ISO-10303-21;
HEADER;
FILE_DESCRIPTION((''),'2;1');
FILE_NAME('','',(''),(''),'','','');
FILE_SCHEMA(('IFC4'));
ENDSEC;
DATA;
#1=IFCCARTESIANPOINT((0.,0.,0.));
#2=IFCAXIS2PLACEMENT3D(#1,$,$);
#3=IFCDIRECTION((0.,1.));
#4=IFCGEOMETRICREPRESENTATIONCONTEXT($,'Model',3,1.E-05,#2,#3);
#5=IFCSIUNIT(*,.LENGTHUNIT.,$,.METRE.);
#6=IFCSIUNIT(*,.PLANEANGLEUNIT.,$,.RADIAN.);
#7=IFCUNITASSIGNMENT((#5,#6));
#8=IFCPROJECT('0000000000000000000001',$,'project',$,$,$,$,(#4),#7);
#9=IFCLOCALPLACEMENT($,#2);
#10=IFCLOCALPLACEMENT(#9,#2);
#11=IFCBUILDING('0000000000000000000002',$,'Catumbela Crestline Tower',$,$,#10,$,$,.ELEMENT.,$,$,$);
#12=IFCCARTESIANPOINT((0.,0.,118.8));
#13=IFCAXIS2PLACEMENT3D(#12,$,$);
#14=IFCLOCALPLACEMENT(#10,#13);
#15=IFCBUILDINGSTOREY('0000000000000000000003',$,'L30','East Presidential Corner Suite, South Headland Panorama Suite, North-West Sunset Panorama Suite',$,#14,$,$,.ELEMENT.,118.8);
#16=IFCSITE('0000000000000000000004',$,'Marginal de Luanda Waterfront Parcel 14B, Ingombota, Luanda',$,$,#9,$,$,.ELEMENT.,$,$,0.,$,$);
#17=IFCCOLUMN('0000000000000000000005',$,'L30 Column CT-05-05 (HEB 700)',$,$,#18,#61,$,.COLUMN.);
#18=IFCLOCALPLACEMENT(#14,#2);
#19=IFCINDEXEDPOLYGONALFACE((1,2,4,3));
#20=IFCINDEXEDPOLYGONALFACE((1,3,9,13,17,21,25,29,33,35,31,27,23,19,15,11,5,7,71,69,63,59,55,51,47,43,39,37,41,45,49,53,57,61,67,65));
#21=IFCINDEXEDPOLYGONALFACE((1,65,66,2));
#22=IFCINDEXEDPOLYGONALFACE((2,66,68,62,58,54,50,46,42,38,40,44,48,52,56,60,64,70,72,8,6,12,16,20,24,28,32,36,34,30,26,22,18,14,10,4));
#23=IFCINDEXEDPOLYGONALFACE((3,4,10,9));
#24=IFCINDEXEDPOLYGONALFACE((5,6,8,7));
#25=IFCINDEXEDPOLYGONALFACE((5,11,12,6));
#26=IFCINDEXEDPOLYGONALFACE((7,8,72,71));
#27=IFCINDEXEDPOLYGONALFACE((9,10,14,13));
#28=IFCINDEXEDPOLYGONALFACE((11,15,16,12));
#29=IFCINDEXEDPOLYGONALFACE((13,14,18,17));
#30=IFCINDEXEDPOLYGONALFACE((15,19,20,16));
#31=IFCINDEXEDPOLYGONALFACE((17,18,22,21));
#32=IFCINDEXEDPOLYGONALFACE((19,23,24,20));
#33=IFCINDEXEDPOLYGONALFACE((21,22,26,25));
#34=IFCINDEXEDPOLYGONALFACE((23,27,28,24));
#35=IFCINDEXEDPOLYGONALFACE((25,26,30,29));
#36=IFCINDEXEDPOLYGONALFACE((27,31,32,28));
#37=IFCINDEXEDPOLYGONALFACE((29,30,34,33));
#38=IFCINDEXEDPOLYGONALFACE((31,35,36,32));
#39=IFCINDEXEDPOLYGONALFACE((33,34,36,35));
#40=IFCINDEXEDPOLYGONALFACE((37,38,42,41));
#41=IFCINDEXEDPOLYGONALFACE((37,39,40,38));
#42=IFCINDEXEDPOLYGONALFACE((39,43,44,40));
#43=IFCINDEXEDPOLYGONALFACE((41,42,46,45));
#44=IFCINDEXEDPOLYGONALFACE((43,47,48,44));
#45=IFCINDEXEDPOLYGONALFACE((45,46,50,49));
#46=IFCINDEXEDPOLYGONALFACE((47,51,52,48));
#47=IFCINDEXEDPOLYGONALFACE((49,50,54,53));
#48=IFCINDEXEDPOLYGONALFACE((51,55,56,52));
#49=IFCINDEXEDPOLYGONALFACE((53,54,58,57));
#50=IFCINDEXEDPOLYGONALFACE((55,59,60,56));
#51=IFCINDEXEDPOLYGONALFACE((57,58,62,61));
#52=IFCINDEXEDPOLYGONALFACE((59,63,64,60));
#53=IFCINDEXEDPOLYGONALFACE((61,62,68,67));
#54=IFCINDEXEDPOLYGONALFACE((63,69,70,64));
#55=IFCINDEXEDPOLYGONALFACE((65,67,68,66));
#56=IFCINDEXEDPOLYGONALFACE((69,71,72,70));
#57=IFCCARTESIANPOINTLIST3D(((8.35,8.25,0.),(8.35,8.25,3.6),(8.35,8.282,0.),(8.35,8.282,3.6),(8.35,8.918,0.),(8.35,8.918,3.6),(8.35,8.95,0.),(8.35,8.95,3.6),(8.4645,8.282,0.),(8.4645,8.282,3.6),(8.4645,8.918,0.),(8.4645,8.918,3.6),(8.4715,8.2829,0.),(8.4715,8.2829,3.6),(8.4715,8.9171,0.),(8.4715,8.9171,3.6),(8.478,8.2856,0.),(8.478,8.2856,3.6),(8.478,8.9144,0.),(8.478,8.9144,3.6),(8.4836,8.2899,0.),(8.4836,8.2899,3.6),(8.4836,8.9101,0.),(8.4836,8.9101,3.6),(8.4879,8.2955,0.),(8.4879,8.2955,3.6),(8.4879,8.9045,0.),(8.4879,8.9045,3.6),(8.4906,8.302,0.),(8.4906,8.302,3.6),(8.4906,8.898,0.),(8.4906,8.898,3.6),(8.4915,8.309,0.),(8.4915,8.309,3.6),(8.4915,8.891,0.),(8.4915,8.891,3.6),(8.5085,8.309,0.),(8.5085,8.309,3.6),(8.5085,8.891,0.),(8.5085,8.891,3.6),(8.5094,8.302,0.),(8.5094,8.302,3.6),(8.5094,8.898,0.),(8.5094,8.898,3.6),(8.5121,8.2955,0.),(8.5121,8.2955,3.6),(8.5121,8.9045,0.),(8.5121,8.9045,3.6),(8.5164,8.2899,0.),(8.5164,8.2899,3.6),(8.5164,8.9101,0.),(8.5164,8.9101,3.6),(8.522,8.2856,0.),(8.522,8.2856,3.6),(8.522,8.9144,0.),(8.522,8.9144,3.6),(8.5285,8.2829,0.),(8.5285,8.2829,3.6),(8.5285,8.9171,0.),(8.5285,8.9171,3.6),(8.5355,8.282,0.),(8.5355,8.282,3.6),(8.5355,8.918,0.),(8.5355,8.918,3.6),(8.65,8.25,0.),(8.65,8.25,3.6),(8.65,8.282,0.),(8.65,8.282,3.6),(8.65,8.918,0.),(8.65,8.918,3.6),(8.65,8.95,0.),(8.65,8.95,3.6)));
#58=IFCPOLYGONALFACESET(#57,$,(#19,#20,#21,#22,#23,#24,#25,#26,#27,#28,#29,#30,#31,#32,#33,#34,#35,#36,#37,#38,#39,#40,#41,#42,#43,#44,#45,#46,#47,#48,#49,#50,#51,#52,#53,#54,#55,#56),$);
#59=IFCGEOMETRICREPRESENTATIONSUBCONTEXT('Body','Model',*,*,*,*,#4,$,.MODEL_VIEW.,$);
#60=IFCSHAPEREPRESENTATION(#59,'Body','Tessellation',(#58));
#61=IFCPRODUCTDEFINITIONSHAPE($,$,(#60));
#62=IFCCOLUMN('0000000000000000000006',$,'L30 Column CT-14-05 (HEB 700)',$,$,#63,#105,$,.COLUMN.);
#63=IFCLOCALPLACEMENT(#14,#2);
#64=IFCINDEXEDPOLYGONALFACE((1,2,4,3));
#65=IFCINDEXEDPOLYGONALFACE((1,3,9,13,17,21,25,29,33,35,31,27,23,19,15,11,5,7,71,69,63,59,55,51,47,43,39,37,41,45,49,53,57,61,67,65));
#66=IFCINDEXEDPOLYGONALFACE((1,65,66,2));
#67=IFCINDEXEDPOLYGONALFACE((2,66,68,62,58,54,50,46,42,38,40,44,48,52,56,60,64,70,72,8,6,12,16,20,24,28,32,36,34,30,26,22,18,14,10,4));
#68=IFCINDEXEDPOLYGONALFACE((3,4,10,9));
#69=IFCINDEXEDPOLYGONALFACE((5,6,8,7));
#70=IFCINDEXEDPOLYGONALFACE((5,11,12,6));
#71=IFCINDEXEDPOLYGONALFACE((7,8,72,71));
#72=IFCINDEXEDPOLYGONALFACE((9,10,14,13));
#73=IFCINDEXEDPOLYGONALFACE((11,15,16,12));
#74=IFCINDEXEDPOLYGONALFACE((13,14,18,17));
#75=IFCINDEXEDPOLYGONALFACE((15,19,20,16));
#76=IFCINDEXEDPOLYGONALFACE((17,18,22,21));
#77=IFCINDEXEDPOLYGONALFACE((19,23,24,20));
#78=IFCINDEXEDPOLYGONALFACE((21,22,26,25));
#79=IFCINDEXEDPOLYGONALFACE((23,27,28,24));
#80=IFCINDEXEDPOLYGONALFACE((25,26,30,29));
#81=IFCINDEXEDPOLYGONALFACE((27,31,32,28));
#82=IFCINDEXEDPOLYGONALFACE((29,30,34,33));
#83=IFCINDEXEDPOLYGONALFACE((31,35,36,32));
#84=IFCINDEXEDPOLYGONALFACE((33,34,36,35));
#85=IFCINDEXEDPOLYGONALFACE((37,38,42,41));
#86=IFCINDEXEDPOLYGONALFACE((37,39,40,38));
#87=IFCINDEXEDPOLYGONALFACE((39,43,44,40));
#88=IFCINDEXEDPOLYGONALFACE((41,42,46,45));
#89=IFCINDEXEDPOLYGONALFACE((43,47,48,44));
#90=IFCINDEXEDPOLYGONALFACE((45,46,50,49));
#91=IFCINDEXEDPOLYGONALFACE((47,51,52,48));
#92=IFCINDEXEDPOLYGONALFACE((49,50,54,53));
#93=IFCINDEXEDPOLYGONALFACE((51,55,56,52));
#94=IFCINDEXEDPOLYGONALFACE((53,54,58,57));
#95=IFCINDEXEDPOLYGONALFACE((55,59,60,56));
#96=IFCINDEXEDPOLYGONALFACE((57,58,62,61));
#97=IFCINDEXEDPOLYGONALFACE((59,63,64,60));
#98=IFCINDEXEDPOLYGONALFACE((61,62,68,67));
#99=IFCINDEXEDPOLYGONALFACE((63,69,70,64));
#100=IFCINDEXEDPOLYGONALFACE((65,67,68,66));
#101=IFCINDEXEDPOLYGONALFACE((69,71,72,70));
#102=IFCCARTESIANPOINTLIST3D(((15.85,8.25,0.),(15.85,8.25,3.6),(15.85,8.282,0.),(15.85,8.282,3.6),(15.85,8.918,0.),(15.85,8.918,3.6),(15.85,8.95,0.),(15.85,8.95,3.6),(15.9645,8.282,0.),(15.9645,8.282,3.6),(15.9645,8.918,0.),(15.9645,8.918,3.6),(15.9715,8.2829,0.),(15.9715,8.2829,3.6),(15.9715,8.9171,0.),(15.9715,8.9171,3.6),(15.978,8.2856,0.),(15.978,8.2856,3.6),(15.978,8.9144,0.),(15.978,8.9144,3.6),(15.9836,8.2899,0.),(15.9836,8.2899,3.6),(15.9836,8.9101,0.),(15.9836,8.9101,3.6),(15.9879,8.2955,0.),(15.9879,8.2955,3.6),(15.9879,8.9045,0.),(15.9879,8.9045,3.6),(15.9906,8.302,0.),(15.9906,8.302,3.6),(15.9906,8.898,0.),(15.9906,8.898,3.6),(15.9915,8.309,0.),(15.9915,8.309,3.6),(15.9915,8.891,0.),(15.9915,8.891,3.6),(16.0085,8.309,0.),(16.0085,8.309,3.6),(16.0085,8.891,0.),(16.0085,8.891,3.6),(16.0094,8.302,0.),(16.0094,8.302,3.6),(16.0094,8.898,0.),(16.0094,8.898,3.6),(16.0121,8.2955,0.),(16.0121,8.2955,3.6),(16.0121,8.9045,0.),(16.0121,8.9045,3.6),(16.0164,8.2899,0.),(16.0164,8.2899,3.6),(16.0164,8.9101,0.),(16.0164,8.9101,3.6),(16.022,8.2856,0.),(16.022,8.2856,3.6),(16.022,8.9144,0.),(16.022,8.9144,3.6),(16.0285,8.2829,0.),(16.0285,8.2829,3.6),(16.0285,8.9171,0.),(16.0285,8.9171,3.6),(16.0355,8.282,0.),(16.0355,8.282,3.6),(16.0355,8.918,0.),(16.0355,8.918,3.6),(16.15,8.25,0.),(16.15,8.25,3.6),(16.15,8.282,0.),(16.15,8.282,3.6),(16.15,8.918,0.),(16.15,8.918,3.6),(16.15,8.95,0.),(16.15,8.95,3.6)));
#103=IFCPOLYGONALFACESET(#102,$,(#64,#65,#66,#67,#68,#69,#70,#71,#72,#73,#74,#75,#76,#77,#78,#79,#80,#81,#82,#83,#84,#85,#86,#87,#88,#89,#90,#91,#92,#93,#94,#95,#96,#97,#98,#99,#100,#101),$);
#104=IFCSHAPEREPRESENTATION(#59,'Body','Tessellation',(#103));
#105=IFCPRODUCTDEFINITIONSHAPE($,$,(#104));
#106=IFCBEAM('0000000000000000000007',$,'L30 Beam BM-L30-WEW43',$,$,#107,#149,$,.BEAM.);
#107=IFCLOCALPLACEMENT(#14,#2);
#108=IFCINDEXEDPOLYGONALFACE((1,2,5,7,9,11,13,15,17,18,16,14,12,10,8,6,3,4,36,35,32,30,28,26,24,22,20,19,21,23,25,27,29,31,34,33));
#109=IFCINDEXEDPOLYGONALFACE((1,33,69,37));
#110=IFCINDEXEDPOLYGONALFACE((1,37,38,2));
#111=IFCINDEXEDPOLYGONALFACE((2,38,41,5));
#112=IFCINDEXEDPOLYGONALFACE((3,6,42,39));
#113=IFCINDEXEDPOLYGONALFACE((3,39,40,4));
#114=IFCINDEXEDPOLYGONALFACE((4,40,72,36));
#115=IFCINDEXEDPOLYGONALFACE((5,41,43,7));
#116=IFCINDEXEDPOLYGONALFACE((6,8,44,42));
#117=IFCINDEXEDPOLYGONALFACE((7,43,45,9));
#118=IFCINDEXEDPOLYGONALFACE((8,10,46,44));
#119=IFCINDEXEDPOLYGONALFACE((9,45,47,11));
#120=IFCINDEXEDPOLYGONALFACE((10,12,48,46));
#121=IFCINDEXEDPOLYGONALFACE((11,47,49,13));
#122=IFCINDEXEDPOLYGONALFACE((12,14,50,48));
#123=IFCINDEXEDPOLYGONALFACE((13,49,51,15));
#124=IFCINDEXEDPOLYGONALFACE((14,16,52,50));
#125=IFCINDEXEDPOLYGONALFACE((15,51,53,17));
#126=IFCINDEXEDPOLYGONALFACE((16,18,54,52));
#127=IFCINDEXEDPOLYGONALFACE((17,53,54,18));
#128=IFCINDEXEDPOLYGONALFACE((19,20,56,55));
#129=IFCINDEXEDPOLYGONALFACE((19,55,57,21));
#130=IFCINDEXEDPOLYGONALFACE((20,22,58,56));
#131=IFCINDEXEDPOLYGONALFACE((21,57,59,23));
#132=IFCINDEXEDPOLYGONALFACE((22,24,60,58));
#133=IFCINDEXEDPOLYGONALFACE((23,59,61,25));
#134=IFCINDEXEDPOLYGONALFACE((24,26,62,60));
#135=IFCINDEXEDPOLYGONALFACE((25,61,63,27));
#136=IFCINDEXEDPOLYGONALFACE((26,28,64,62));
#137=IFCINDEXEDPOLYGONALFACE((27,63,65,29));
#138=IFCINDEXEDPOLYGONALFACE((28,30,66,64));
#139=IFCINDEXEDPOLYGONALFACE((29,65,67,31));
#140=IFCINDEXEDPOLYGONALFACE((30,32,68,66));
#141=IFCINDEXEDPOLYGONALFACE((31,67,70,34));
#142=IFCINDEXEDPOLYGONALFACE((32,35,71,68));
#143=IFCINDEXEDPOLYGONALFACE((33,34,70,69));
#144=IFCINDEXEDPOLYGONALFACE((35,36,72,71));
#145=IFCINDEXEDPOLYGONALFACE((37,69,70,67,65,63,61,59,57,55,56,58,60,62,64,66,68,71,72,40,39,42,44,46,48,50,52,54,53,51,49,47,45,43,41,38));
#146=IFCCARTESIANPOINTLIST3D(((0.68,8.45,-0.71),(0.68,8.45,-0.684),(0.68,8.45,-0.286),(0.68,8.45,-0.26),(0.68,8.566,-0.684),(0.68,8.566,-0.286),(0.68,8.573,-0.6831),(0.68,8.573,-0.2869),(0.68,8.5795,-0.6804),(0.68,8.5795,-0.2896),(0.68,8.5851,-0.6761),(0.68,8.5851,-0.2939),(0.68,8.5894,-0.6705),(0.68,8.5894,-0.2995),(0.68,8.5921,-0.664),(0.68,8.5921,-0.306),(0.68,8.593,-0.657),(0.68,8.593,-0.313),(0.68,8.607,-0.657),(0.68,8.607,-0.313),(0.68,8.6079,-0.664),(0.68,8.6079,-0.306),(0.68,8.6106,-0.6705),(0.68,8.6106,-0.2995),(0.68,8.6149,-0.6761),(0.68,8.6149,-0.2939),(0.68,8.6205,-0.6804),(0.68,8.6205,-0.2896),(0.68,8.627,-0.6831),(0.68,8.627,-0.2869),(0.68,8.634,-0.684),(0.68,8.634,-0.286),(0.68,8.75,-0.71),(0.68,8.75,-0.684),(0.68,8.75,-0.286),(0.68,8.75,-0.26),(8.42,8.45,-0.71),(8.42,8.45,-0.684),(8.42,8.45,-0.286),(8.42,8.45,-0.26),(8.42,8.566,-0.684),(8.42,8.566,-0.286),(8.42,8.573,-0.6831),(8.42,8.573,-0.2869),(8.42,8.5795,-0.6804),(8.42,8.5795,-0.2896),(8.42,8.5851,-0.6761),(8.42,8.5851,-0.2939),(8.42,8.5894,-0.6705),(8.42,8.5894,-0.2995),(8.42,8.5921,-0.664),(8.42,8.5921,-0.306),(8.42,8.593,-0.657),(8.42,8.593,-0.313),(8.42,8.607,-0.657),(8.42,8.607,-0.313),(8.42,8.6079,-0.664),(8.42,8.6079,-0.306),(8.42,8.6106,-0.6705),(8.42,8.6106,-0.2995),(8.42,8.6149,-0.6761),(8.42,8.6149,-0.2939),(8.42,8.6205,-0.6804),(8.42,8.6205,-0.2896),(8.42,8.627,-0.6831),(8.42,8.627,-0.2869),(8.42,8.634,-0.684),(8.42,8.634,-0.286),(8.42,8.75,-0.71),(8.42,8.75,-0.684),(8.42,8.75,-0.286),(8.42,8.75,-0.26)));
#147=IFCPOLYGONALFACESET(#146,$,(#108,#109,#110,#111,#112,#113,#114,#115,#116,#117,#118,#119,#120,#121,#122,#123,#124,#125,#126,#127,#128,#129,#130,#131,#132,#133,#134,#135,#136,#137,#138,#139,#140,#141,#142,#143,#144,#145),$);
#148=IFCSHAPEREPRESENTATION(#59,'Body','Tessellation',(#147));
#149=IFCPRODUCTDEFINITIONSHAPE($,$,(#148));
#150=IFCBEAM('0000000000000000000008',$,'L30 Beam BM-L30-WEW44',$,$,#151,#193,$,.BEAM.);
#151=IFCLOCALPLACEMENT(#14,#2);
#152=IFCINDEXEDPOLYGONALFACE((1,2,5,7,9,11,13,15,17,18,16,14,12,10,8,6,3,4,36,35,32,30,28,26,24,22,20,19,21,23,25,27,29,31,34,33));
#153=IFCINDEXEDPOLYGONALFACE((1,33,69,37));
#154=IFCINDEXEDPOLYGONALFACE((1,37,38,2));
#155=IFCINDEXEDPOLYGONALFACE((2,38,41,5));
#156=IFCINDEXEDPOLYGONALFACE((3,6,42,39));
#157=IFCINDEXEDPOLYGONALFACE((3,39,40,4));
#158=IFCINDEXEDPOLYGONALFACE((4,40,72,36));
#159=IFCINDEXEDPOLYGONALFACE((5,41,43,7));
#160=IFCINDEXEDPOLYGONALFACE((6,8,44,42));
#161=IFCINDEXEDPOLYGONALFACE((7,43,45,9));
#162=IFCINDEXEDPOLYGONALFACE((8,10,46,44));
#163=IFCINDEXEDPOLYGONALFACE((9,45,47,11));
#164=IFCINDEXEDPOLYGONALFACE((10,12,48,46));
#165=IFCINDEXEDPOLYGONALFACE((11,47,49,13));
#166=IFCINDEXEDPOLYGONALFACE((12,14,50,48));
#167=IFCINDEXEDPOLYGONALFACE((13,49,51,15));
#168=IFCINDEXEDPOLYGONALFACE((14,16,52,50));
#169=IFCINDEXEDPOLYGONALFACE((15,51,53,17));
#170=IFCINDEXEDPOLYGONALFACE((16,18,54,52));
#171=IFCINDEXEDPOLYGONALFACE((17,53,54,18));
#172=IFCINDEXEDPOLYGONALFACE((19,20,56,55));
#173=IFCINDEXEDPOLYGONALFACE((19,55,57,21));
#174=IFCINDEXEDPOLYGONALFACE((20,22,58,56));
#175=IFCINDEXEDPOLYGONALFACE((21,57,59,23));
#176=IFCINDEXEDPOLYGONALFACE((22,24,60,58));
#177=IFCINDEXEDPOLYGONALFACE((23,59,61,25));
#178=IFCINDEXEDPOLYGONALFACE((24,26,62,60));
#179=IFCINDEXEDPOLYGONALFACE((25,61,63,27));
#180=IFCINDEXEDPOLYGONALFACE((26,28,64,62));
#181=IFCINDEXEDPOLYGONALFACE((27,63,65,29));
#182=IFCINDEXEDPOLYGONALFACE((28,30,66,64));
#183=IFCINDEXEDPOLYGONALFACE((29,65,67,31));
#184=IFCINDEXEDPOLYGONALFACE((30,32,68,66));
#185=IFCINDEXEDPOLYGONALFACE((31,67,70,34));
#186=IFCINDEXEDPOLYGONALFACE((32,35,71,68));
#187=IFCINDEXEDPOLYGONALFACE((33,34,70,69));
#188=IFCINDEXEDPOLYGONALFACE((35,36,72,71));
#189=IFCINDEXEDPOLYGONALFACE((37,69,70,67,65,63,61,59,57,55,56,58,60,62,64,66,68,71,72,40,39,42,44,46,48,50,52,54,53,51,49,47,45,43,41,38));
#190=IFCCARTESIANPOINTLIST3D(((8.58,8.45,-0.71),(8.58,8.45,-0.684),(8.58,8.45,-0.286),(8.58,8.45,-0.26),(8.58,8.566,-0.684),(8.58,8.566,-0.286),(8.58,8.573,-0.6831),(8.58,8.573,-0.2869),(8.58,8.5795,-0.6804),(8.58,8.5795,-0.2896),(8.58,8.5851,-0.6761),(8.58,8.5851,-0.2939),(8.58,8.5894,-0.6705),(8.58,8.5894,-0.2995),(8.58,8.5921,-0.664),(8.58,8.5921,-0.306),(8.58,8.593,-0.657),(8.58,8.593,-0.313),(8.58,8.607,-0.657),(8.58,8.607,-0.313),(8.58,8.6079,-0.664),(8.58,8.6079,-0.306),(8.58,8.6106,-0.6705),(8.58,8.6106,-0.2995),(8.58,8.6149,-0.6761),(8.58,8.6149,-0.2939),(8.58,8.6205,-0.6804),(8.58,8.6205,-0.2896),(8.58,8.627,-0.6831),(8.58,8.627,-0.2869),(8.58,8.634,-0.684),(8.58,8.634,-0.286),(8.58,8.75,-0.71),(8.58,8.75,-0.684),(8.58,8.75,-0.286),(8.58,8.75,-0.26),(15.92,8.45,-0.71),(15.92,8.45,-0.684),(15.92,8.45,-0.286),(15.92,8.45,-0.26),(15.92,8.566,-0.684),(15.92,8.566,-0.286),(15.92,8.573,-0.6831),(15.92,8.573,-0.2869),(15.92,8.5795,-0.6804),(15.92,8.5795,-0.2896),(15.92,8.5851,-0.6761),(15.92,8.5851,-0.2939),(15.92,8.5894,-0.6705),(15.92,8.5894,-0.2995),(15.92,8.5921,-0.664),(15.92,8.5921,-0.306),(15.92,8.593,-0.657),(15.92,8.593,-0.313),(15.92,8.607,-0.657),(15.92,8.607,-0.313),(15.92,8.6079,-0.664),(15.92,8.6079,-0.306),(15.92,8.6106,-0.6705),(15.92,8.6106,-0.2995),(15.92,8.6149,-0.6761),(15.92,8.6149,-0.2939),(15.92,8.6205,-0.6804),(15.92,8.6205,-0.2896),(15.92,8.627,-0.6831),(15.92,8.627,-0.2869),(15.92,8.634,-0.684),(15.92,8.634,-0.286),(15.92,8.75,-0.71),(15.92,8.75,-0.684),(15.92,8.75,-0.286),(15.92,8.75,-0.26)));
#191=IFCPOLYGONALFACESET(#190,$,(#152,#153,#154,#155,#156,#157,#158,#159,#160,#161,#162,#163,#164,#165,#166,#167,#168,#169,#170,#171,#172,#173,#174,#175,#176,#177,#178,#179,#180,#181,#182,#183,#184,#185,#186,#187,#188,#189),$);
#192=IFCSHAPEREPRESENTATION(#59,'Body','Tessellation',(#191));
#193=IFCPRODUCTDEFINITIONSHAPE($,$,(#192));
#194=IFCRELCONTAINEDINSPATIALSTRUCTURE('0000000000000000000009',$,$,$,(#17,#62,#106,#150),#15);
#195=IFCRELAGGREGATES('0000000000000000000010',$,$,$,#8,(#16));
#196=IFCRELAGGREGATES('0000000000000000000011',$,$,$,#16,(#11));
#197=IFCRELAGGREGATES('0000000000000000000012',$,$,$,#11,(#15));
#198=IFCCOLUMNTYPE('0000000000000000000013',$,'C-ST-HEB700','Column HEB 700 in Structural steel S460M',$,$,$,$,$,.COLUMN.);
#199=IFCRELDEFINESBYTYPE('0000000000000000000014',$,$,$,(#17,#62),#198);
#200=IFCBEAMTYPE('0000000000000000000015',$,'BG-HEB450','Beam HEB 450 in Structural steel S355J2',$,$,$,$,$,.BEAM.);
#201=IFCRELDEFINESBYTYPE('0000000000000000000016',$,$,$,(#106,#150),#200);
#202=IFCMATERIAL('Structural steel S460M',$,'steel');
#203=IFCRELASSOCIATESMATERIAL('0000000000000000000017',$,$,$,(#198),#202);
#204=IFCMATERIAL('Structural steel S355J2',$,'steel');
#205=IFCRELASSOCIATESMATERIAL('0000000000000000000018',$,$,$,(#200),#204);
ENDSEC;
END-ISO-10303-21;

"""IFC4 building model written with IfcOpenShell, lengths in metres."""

from ifc_helpers import new_model, si_unit, direction, frame, origin, origin_2d, place, context, subcontext, project, spatial, i_section, extrude, material, material_profile, profile_set, type_object, element, save


model = new_model("IFC4")

# Units and contexts
model_context = context("Model", 3, precision=1e-05, world=origin(), true_north=direction((0.0, 1.0)))
body_context = subcontext(model_context, "Body", "Model", "MODEL_VIEW")
ifc_project = project(units=[si_unit("LENGTHUNIT", "METRE"), si_unit("PLANEANGLEUNIT", "RADIAN")], contexts=[model_context])

# Site, building, storey
site_placement = place(None, origin())
site = spatial("IfcSite", under=ifc_project, at=site_placement, Name="Marginal de Luanda Waterfront Parcel 14B, Ingombota, Luanda", CompositionType="ELEMENT", RefElevation=0.0)
building_placement = place(site_placement, origin())
building = spatial("IfcBuilding", under=site, at=building_placement, Name="Catumbela Crestline Tower", CompositionType="ELEMENT")
storey_placement = place(building_placement, frame((0.0, 0.0, 118.8)))
storey = spatial("IfcBuildingStorey", under=building, at=storey_placement, Name="L30", Description="East Presidential Corner Suite, South Headland Panorama Suite, North-West Sunset Panorama Suite", CompositionType="ELEMENT", Elevation=118.8)

# Columns
ifc_material_1 = material(Name="Structural steel S460M", Category="steel")
ifc_material_profile_1 = material_profile(ifc_material_1, i_section(OverallWidth=0.3, OverallDepth=0.7, WebThickness=0.017, FlangeThickness=0.032, FilletRadius=0.027, at=origin_2d()), Name="HEB 700")
ifc_profile_set_1 = profile_set([ifc_material_profile_1], Name="Structural steel S460M")
column_type = type_object("IfcColumnType", Name="C-ST-HEB700", Description="Column HEB 700 in Structural steel S460M", PredefinedType="COLUMN", material=ifc_profile_set_1)
for number, where, z_axis, x_axis, name in (
    (1, (8.5, 8.6, 0.0), (0.0, 0.0, 1.0), (1.0, 0.0, 0.0), "L30 Column CT-05-05 (HEB 700)"),
    (2, (16.0, 8.6, 0.0), (0.0, 0.0, 1.0), (1.0, 0.0, 0.0), "L30 Column CT-14-05 (HEB 700)"),
):
    element("IfcColumn", number, at=place(storey_placement, frame(where, z_axis=z_axis, x_axis=x_axis)), inside=storey, type_object=column_type, Name=name, PredefinedType="COLUMN", context=body_context, shape_type="SweptSolid", body=[
        extrude(i_section(OverallWidth=0.3, OverallDepth=0.7, WebThickness=0.017, FlangeThickness=0.032, FilletRadius=0.027, at=origin_2d()), origin(), (0.0, 0.0, 1.0), 3.6),
    ])

# Beams
ifc_material_2 = material(Name="Structural steel S355J2", Category="steel")
ifc_material_profile_2 = material_profile(ifc_material_2, i_section(OverallWidth=0.3, OverallDepth=0.45, WebThickness=0.014, FlangeThickness=0.026, FilletRadius=0.027, at=origin_2d()), Name="HEB 450")
ifc_profile_set_2 = profile_set([ifc_material_profile_2], Name="Structural steel S355J2")
beam_type = type_object("IfcBeamType", Name="BG-HEB450", Description="Beam HEB 450 in Structural steel S355J2", PredefinedType="BEAM", material=ifc_profile_set_2)
beam_1_placement = place(storey_placement, frame((0.68, 8.6, -0.485), z_axis=(1.0, 0.0, 0.0), x_axis=(0.0, 1.0, 0.0)))
element("IfcBeam", 3, at=beam_1_placement, inside=storey, type_object=beam_type, Name="L30 Beam BM-L30-WEW43", PredefinedType="BEAM", context=body_context, shape_type="SweptSolid", body=[
    extrude(i_section(OverallWidth=0.3, OverallDepth=0.45, WebThickness=0.014, FlangeThickness=0.026, FilletRadius=0.027, at=origin_2d()), origin(), (0.0, 0.0, 1.0), 7.74),
])
beam_2_placement = place(storey_placement, frame((8.58, 8.6, -0.485), z_axis=(1.0, 0.0, 0.0), x_axis=(0.0, 1.0, 0.0)))
element("IfcBeam", 4, at=beam_2_placement, inside=storey, type_object=beam_type, Name="L30 Beam BM-L30-WEW44", PredefinedType="BEAM", context=body_context, shape_type="SweptSolid", body=[
    extrude(i_section(OverallWidth=0.3, OverallDepth=0.45, WebThickness=0.014, FlangeThickness=0.026, FilletRadius=0.027, at=origin_2d()), origin(), (0.0, 0.0, 1.0), 7.34),
])

save(model, "model.ifc")
